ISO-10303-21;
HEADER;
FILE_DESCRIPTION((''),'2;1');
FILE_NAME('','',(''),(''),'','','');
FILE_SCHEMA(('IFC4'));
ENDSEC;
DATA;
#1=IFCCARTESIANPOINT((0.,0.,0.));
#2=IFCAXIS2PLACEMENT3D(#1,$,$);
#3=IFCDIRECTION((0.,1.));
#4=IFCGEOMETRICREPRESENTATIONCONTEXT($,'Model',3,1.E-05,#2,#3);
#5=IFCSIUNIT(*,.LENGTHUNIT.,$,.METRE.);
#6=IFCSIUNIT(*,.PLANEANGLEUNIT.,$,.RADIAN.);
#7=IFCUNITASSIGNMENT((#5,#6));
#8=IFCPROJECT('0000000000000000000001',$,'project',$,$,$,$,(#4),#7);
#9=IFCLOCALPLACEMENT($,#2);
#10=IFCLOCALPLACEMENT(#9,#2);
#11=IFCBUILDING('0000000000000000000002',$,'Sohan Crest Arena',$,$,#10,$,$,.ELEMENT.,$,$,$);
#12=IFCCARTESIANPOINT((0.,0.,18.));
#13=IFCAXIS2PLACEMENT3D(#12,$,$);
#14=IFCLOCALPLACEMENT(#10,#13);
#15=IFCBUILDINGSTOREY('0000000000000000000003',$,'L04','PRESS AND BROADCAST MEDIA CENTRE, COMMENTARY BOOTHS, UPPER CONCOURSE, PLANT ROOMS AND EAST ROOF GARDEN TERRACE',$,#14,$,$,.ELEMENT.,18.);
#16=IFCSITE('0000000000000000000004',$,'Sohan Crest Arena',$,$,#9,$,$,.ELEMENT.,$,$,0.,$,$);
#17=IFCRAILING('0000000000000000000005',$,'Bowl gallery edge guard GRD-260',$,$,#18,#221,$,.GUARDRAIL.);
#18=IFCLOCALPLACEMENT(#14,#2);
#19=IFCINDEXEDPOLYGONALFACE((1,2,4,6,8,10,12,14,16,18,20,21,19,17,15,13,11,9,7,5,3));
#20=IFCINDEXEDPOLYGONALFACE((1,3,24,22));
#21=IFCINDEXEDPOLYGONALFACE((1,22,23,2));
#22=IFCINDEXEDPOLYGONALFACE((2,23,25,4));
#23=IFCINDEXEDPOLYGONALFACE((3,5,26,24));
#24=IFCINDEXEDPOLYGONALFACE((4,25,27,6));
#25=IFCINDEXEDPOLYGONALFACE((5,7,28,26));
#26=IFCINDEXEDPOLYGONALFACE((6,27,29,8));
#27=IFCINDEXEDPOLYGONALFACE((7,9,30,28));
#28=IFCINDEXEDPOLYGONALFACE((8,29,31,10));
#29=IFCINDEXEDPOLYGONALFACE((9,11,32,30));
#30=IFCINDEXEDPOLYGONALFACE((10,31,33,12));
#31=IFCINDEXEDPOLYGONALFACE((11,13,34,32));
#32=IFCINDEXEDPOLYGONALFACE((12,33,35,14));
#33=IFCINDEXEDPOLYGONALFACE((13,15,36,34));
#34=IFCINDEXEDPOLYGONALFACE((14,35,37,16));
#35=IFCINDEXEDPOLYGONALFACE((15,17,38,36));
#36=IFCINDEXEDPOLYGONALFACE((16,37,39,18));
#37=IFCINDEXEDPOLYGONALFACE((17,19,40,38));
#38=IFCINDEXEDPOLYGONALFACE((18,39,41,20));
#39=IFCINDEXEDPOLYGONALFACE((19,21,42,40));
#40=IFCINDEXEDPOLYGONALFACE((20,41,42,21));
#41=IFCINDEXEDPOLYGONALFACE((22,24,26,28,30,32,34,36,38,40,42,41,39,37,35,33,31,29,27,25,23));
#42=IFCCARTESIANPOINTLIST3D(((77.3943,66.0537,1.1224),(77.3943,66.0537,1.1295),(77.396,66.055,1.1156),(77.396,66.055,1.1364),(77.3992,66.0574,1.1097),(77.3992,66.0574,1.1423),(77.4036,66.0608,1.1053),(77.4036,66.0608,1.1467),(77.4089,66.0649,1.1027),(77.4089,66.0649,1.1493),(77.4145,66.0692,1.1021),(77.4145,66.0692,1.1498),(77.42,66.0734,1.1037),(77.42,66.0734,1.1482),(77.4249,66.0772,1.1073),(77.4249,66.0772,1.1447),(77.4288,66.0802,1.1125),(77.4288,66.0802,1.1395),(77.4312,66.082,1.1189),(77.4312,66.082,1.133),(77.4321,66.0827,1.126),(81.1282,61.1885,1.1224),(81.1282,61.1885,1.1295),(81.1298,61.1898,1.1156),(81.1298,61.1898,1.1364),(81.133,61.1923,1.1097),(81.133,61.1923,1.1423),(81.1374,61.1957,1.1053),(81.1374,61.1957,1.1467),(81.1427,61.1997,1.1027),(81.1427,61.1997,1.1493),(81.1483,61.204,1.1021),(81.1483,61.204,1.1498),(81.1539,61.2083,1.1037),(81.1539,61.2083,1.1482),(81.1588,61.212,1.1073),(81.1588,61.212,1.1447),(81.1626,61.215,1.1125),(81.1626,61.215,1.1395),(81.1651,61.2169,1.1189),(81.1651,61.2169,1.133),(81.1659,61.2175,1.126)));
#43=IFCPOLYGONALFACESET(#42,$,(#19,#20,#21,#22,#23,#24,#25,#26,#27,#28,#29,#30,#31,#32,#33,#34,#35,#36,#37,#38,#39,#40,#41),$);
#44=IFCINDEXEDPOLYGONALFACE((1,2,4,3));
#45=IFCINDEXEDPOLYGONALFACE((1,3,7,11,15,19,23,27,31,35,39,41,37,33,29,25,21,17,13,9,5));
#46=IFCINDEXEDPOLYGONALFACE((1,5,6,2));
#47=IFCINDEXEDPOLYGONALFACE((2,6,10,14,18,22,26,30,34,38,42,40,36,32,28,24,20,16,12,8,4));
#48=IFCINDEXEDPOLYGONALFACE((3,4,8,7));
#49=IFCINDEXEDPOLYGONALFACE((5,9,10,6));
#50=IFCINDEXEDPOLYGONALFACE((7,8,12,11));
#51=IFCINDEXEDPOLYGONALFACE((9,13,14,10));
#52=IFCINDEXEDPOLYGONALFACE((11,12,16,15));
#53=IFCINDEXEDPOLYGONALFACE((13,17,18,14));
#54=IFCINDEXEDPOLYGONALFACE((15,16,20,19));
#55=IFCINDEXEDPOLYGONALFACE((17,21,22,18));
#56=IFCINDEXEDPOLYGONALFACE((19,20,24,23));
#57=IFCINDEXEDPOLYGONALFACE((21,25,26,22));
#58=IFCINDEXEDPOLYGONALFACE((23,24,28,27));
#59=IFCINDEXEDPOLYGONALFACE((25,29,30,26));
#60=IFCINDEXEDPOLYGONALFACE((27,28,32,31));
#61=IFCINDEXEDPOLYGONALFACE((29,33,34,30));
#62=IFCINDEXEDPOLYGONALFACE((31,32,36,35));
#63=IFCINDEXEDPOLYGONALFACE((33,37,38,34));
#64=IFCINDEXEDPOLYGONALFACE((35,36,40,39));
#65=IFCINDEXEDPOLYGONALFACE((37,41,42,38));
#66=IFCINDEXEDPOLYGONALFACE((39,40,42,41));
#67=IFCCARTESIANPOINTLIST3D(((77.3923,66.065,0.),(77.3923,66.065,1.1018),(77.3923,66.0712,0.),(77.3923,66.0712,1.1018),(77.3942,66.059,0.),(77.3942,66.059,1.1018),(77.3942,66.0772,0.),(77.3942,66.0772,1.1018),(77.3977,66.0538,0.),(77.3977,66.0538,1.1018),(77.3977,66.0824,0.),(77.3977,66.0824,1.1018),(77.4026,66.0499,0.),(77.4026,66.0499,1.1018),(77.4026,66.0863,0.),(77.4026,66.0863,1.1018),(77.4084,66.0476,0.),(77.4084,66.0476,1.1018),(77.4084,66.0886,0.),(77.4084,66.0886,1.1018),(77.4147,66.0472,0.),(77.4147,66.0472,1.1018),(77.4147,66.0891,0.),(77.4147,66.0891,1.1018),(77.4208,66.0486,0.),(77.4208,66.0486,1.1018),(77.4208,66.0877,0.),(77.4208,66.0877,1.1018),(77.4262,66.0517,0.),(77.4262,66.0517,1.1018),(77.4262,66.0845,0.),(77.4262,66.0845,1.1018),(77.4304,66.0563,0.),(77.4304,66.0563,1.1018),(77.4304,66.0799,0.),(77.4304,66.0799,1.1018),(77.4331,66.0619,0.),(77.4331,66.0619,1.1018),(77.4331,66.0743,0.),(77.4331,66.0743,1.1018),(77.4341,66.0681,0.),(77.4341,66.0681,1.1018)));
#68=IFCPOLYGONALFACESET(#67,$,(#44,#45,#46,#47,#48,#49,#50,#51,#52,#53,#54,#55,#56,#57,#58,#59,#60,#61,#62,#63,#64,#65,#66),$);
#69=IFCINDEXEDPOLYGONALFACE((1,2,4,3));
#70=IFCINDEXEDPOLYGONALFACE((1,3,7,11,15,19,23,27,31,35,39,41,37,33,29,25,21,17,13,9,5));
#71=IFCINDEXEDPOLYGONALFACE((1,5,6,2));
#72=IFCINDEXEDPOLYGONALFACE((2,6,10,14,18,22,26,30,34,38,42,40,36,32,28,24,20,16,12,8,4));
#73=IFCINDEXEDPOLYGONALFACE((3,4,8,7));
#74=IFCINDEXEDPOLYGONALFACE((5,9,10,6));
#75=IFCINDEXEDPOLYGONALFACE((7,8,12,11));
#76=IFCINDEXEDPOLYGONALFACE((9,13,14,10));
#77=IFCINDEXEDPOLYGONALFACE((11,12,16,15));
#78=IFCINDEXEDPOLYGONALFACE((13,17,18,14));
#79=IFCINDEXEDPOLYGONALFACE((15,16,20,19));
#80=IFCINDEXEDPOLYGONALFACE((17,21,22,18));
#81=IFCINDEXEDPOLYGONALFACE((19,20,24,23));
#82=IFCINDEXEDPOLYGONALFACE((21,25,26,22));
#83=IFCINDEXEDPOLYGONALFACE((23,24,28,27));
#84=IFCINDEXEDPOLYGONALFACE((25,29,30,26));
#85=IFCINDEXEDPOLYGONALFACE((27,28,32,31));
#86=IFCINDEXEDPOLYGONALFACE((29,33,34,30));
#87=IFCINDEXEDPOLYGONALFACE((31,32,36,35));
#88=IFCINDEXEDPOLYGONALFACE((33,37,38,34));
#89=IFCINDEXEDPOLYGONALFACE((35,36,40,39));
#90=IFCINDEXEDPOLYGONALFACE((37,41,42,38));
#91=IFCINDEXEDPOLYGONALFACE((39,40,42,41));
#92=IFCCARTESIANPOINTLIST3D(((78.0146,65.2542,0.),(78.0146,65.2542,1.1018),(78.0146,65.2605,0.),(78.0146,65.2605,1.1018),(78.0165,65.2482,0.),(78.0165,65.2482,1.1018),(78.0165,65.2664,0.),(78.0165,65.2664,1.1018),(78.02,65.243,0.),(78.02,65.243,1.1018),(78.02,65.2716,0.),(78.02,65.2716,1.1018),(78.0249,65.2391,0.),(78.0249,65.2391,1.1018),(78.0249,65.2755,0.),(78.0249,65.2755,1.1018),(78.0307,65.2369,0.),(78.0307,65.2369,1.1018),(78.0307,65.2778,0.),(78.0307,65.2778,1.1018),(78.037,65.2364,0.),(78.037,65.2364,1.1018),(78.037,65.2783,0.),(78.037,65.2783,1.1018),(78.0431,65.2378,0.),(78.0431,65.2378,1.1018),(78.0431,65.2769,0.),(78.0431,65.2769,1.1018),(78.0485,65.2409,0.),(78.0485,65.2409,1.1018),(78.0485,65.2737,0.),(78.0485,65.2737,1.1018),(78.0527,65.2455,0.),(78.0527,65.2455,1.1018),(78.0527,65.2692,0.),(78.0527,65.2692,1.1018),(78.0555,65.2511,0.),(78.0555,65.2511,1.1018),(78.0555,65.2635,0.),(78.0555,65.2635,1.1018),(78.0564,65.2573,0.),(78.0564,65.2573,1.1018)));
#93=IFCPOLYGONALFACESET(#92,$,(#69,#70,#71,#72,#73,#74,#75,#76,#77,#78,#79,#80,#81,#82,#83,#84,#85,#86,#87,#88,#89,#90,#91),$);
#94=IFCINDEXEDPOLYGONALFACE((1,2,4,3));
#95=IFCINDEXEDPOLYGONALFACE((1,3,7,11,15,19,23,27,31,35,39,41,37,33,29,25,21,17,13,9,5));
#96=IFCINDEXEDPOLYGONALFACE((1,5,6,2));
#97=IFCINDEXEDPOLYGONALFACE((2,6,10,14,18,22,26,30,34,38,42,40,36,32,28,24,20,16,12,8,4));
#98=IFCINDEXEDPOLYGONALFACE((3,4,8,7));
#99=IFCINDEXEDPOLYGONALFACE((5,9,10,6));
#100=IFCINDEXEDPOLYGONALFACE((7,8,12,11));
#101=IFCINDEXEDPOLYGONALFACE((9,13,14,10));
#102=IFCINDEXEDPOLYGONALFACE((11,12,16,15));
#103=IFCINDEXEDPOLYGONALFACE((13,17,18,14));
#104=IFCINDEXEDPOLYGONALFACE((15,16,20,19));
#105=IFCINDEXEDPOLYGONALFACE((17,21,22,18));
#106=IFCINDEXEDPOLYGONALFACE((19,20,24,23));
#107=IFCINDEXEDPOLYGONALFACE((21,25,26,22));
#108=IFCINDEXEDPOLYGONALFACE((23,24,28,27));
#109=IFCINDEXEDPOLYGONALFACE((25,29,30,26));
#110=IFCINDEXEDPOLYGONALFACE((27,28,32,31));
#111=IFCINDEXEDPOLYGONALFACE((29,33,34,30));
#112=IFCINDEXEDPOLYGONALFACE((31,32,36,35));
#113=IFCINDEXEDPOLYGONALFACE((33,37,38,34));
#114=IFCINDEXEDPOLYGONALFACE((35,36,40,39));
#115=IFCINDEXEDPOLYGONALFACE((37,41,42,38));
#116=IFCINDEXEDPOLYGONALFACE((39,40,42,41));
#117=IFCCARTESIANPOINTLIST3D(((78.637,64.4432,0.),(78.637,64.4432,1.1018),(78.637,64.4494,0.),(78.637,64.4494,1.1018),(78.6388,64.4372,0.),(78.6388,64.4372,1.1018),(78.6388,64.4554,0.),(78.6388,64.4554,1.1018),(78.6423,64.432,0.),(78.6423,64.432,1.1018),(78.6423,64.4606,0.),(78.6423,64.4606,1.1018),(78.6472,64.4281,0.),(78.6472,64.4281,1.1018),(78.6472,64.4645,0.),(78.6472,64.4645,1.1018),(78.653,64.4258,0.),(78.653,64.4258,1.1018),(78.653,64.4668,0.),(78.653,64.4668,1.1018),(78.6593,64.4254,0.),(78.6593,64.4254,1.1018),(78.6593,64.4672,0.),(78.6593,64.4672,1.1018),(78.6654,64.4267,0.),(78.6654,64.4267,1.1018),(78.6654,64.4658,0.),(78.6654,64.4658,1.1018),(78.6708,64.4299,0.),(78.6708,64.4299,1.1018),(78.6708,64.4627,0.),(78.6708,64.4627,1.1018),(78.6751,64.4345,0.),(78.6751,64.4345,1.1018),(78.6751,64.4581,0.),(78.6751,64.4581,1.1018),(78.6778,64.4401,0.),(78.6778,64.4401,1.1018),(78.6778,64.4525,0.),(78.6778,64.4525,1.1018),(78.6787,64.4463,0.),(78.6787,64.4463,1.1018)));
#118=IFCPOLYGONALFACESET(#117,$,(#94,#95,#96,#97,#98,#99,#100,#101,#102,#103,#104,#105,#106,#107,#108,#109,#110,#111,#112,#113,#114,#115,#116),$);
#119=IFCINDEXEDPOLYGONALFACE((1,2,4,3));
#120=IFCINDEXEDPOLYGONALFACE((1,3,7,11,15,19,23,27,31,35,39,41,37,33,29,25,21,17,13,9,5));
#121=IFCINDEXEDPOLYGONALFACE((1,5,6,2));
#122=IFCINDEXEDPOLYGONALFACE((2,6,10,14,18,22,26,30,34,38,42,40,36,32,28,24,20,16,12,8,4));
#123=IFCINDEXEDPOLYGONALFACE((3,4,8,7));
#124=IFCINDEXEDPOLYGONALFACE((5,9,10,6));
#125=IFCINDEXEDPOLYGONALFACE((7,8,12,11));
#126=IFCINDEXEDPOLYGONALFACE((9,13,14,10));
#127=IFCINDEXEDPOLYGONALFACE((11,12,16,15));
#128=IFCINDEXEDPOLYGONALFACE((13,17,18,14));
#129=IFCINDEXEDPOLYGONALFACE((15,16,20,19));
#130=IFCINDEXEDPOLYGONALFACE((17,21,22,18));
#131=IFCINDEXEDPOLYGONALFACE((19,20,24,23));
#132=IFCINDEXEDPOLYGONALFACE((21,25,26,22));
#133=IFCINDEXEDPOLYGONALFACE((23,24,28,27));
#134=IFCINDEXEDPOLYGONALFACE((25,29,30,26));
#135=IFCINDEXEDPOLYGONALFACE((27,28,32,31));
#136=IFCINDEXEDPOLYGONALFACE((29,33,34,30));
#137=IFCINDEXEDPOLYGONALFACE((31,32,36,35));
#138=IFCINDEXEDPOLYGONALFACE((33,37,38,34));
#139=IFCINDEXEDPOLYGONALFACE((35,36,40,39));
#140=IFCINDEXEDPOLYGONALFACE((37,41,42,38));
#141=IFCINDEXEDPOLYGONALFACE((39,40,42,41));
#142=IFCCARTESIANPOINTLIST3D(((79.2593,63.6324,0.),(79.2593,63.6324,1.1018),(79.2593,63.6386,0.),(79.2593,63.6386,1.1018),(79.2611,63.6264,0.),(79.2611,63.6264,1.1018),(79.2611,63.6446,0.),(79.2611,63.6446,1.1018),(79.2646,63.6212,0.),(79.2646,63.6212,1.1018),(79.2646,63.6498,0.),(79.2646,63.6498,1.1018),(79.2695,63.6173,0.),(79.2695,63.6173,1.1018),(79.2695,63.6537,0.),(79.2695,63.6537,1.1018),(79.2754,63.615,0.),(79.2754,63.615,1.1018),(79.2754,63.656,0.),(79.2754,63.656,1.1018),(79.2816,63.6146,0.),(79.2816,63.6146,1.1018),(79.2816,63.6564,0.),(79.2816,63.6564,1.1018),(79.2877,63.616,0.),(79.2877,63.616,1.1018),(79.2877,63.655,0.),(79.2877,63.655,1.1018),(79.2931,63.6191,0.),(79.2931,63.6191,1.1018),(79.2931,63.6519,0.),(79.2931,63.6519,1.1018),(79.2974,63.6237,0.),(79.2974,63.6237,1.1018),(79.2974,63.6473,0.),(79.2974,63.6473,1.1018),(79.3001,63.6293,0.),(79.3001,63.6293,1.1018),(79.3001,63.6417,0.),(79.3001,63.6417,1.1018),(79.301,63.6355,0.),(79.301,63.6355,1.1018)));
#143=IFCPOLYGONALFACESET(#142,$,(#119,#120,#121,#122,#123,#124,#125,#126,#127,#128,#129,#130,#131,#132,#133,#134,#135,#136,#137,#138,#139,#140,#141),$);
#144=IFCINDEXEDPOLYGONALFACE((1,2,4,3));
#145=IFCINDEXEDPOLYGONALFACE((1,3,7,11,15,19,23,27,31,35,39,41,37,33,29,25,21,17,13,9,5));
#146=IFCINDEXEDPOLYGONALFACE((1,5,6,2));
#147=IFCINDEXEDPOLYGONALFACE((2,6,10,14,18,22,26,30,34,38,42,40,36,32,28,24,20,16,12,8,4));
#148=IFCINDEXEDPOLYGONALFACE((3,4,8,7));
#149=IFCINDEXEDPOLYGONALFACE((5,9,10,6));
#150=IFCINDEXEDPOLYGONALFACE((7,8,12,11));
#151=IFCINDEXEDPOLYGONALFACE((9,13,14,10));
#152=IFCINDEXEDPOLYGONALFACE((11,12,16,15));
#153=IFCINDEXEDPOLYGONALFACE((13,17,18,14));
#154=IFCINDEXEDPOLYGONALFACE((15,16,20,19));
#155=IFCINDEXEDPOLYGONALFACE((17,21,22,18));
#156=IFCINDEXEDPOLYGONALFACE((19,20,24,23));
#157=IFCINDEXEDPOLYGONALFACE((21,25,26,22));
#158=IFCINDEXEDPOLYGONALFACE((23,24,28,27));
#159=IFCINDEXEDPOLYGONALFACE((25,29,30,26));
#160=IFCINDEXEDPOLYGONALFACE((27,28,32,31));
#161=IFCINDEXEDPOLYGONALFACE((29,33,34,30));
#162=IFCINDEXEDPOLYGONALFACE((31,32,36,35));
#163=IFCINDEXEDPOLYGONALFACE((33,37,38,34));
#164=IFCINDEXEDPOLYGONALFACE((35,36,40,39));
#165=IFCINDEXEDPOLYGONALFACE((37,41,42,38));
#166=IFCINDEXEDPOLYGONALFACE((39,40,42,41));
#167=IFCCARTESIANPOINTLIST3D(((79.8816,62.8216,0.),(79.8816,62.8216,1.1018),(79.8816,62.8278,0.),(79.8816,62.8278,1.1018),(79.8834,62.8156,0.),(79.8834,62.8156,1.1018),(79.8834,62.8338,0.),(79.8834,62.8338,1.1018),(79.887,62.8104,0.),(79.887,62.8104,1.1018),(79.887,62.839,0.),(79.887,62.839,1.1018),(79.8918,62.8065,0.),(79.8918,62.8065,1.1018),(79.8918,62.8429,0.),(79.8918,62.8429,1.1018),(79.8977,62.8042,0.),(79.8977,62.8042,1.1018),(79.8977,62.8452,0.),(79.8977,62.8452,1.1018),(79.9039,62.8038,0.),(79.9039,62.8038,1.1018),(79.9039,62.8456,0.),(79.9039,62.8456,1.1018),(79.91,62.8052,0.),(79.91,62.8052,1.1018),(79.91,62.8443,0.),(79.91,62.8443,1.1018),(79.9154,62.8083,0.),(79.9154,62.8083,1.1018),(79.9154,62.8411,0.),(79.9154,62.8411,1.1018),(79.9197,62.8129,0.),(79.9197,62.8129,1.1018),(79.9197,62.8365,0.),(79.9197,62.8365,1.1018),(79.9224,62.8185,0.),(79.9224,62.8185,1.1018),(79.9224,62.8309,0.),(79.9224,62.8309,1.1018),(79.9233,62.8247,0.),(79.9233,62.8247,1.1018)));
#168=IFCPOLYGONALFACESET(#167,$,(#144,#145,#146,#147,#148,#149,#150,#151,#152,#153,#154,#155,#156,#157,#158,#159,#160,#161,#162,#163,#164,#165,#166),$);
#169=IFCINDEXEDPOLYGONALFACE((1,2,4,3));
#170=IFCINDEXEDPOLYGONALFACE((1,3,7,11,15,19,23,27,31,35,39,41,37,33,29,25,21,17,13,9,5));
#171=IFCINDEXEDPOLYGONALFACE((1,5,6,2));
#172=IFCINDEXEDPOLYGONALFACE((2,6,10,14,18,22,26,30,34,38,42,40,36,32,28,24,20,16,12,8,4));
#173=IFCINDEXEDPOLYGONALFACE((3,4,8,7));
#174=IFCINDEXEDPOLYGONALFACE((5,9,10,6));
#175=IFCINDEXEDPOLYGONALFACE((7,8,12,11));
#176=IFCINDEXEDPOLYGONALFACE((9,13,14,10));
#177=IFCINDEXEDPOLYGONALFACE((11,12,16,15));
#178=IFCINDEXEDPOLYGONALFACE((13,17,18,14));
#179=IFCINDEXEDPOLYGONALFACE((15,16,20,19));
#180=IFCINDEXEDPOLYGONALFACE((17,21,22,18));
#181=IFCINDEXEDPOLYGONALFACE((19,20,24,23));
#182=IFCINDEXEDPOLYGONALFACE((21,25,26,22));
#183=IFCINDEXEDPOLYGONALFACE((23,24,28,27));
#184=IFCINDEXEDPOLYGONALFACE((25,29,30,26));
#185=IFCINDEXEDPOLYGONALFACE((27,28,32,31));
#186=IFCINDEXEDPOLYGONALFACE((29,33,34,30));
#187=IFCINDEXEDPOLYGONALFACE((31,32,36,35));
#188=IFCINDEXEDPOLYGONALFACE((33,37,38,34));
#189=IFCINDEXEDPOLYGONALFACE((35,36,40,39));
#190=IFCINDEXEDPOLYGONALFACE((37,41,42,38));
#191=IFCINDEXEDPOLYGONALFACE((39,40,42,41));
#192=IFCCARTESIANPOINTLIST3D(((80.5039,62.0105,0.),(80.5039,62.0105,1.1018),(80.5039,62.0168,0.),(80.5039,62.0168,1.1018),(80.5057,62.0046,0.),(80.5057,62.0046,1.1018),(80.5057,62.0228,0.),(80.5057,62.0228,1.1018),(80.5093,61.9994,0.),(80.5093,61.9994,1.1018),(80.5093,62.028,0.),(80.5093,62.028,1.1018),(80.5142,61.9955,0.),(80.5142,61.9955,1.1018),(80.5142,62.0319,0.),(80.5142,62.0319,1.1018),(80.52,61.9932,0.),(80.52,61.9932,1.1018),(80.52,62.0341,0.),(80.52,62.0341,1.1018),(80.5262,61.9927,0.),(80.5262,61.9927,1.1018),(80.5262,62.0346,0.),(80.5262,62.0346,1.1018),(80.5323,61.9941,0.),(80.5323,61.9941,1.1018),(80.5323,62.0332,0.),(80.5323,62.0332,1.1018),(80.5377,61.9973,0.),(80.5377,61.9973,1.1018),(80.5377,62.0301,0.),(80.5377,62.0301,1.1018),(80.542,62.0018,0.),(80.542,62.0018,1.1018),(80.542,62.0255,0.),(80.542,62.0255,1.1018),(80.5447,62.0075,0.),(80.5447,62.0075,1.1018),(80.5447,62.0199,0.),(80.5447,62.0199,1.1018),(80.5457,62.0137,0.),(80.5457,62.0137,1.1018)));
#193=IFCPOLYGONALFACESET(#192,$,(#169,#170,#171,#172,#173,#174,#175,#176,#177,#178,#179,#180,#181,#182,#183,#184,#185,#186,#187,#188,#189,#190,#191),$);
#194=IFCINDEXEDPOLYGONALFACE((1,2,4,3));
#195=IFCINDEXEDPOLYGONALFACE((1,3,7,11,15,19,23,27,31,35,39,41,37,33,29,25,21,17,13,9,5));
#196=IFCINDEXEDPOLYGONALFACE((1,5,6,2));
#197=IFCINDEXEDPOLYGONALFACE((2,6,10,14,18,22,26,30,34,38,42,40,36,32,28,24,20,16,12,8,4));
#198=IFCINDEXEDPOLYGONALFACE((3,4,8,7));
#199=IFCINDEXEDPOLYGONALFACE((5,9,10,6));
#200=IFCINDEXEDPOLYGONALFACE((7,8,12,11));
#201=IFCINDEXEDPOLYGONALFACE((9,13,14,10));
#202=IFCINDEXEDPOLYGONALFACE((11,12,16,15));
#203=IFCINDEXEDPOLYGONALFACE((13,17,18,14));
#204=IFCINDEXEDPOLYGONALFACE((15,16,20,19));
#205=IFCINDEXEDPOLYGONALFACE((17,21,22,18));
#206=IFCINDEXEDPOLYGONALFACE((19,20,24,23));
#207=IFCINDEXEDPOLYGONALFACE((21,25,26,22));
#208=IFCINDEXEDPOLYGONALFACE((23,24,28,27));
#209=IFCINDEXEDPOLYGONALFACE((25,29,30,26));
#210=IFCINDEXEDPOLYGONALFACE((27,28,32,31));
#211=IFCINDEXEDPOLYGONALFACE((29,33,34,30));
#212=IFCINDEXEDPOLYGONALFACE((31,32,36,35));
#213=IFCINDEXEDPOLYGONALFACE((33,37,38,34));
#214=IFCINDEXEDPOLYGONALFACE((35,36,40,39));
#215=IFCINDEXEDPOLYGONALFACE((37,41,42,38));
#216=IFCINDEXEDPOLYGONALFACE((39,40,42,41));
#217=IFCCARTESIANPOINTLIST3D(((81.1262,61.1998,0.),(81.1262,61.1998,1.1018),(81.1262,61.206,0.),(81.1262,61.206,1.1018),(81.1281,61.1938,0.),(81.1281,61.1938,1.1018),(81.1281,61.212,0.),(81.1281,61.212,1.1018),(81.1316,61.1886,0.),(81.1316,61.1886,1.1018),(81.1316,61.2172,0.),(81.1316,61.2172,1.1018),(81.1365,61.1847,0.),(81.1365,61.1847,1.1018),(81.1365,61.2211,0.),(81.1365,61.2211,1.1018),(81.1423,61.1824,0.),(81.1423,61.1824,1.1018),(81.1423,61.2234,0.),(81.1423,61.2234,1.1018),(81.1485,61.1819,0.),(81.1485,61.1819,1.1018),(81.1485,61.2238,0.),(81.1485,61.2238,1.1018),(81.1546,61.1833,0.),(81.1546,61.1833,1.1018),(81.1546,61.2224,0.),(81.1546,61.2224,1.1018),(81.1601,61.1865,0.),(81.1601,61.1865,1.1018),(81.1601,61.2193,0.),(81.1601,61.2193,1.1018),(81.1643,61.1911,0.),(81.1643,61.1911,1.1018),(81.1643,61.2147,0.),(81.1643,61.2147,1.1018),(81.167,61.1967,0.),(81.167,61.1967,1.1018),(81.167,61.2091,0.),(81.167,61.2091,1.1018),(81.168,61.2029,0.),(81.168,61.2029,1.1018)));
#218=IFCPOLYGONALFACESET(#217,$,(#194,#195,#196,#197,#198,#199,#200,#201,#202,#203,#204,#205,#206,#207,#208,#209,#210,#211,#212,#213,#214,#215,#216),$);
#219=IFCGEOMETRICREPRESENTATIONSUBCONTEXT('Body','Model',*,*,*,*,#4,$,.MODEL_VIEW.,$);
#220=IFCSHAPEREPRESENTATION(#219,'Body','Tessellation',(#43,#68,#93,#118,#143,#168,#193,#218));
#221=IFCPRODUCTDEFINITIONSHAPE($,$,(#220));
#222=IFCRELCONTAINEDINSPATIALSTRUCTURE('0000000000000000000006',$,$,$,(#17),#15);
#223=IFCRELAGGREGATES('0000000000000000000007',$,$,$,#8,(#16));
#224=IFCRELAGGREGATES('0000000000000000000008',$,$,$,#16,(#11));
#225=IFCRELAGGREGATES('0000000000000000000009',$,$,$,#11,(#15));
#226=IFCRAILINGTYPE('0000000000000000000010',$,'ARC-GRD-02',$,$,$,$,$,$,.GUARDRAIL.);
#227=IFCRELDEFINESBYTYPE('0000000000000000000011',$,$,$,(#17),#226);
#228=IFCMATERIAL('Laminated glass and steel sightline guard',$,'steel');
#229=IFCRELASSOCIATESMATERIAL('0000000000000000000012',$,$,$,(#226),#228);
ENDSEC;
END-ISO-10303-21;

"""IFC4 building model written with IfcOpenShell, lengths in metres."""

from ifc_helpers import new_model, si_unit, direction, frame, origin, origin_2d, place, context, subcontext, project, spatial, circle, extrude, material, type_object, element, save


model = new_model("IFC4")

# Units and contexts
model_context = context("Model", 3, precision=1e-05, world=origin(), true_north=direction((0.0, 1.0)))
body_context = subcontext(model_context, "Body", "Model", "MODEL_VIEW")
ifc_project = project(units=[si_unit("LENGTHUNIT", "METRE"), si_unit("PLANEANGLEUNIT", "RADIAN")], contexts=[model_context])

# Site, building, storey
site_placement = place(None, origin())
site = spatial("IfcSite", under=ifc_project, at=site_placement, Name="Sohan Crest Arena", CompositionType="ELEMENT", RefElevation=0.0)
building_placement = place(site_placement, origin())
building = spatial("IfcBuilding", under=site, at=building_placement, Name="Sohan Crest Arena", CompositionType="ELEMENT")
storey_placement = place(building_placement, frame((0.0, 0.0, 18.0)))
storey = spatial("IfcBuildingStorey", under=building, at=storey_placement, Name="L04", Description="PRESS AND BROADCAST MEDIA CENTRE, COMMENTARY BOOTHS, UPPER CONCOURSE, PLANT ROOMS AND EAST ROOF GARDEN TERRACE", CompositionType="ELEMENT", Elevation=18.0)

# Railing
ifc_material_1 = material(Name="Laminated glass and steel sightline guard", Category="steel")
railing_type = type_object("IfcRailingType", Name="ARC-GRD-02", PredefinedType="GUARDRAIL", material=ifc_material_1)
railing_1_placement = place(storey_placement, frame((77.4131, 66.0681, 0.0)))
element("IfcRailing", 1, at=railing_1_placement, inside=storey, type_object=railing_type, Name="Bowl gallery edge guard GRD-260", PredefinedType="GUARDRAIL", context=body_context, shape_type="SweptSolid", body=[
    extrude(circle(Radius=0.0239, at=origin_2d()), frame((0.0, 0.0, 1.126), z_axis=(0.608829, -0.793301, 0.0), x_axis=(0.793301, 0.608829, 0.0)), (0.0, 0.0, 1.0), 6.1328),
    extrude(circle(Radius=0.021, at=origin_2d()), origin(), (0.0, 0.0, 1.0), 1.1018),
    extrude(circle(Radius=0.021, at=origin_2d()), frame((0.6223, -0.8108, 0.0)), (0.0, 0.0, 1.0), 1.1018),
    extrude(circle(Radius=0.021, at=origin_2d()), frame((1.2446, -1.6218, 0.0)), (0.0, 0.0, 1.0), 1.1018),
    extrude(circle(Radius=0.021, at=origin_2d()), frame((1.8669, -2.4326, 0.0)), (0.0, 0.0, 1.0), 1.1018),
    extrude(circle(Radius=0.021, at=origin_2d()), frame((2.4893, -3.2434, 0.0)), (0.0, 0.0, 1.0), 1.1018),
    extrude(circle(Radius=0.021, at=origin_2d()), frame((3.1116, -4.0544, 0.0)), (0.0, 0.0, 1.0), 1.1018),
    extrude(circle(Radius=0.021, at=origin_2d()), frame((3.7339, -4.8652, 0.0)), (0.0, 0.0, 1.0), 1.1018),
])

save(model, "model.ifc")
